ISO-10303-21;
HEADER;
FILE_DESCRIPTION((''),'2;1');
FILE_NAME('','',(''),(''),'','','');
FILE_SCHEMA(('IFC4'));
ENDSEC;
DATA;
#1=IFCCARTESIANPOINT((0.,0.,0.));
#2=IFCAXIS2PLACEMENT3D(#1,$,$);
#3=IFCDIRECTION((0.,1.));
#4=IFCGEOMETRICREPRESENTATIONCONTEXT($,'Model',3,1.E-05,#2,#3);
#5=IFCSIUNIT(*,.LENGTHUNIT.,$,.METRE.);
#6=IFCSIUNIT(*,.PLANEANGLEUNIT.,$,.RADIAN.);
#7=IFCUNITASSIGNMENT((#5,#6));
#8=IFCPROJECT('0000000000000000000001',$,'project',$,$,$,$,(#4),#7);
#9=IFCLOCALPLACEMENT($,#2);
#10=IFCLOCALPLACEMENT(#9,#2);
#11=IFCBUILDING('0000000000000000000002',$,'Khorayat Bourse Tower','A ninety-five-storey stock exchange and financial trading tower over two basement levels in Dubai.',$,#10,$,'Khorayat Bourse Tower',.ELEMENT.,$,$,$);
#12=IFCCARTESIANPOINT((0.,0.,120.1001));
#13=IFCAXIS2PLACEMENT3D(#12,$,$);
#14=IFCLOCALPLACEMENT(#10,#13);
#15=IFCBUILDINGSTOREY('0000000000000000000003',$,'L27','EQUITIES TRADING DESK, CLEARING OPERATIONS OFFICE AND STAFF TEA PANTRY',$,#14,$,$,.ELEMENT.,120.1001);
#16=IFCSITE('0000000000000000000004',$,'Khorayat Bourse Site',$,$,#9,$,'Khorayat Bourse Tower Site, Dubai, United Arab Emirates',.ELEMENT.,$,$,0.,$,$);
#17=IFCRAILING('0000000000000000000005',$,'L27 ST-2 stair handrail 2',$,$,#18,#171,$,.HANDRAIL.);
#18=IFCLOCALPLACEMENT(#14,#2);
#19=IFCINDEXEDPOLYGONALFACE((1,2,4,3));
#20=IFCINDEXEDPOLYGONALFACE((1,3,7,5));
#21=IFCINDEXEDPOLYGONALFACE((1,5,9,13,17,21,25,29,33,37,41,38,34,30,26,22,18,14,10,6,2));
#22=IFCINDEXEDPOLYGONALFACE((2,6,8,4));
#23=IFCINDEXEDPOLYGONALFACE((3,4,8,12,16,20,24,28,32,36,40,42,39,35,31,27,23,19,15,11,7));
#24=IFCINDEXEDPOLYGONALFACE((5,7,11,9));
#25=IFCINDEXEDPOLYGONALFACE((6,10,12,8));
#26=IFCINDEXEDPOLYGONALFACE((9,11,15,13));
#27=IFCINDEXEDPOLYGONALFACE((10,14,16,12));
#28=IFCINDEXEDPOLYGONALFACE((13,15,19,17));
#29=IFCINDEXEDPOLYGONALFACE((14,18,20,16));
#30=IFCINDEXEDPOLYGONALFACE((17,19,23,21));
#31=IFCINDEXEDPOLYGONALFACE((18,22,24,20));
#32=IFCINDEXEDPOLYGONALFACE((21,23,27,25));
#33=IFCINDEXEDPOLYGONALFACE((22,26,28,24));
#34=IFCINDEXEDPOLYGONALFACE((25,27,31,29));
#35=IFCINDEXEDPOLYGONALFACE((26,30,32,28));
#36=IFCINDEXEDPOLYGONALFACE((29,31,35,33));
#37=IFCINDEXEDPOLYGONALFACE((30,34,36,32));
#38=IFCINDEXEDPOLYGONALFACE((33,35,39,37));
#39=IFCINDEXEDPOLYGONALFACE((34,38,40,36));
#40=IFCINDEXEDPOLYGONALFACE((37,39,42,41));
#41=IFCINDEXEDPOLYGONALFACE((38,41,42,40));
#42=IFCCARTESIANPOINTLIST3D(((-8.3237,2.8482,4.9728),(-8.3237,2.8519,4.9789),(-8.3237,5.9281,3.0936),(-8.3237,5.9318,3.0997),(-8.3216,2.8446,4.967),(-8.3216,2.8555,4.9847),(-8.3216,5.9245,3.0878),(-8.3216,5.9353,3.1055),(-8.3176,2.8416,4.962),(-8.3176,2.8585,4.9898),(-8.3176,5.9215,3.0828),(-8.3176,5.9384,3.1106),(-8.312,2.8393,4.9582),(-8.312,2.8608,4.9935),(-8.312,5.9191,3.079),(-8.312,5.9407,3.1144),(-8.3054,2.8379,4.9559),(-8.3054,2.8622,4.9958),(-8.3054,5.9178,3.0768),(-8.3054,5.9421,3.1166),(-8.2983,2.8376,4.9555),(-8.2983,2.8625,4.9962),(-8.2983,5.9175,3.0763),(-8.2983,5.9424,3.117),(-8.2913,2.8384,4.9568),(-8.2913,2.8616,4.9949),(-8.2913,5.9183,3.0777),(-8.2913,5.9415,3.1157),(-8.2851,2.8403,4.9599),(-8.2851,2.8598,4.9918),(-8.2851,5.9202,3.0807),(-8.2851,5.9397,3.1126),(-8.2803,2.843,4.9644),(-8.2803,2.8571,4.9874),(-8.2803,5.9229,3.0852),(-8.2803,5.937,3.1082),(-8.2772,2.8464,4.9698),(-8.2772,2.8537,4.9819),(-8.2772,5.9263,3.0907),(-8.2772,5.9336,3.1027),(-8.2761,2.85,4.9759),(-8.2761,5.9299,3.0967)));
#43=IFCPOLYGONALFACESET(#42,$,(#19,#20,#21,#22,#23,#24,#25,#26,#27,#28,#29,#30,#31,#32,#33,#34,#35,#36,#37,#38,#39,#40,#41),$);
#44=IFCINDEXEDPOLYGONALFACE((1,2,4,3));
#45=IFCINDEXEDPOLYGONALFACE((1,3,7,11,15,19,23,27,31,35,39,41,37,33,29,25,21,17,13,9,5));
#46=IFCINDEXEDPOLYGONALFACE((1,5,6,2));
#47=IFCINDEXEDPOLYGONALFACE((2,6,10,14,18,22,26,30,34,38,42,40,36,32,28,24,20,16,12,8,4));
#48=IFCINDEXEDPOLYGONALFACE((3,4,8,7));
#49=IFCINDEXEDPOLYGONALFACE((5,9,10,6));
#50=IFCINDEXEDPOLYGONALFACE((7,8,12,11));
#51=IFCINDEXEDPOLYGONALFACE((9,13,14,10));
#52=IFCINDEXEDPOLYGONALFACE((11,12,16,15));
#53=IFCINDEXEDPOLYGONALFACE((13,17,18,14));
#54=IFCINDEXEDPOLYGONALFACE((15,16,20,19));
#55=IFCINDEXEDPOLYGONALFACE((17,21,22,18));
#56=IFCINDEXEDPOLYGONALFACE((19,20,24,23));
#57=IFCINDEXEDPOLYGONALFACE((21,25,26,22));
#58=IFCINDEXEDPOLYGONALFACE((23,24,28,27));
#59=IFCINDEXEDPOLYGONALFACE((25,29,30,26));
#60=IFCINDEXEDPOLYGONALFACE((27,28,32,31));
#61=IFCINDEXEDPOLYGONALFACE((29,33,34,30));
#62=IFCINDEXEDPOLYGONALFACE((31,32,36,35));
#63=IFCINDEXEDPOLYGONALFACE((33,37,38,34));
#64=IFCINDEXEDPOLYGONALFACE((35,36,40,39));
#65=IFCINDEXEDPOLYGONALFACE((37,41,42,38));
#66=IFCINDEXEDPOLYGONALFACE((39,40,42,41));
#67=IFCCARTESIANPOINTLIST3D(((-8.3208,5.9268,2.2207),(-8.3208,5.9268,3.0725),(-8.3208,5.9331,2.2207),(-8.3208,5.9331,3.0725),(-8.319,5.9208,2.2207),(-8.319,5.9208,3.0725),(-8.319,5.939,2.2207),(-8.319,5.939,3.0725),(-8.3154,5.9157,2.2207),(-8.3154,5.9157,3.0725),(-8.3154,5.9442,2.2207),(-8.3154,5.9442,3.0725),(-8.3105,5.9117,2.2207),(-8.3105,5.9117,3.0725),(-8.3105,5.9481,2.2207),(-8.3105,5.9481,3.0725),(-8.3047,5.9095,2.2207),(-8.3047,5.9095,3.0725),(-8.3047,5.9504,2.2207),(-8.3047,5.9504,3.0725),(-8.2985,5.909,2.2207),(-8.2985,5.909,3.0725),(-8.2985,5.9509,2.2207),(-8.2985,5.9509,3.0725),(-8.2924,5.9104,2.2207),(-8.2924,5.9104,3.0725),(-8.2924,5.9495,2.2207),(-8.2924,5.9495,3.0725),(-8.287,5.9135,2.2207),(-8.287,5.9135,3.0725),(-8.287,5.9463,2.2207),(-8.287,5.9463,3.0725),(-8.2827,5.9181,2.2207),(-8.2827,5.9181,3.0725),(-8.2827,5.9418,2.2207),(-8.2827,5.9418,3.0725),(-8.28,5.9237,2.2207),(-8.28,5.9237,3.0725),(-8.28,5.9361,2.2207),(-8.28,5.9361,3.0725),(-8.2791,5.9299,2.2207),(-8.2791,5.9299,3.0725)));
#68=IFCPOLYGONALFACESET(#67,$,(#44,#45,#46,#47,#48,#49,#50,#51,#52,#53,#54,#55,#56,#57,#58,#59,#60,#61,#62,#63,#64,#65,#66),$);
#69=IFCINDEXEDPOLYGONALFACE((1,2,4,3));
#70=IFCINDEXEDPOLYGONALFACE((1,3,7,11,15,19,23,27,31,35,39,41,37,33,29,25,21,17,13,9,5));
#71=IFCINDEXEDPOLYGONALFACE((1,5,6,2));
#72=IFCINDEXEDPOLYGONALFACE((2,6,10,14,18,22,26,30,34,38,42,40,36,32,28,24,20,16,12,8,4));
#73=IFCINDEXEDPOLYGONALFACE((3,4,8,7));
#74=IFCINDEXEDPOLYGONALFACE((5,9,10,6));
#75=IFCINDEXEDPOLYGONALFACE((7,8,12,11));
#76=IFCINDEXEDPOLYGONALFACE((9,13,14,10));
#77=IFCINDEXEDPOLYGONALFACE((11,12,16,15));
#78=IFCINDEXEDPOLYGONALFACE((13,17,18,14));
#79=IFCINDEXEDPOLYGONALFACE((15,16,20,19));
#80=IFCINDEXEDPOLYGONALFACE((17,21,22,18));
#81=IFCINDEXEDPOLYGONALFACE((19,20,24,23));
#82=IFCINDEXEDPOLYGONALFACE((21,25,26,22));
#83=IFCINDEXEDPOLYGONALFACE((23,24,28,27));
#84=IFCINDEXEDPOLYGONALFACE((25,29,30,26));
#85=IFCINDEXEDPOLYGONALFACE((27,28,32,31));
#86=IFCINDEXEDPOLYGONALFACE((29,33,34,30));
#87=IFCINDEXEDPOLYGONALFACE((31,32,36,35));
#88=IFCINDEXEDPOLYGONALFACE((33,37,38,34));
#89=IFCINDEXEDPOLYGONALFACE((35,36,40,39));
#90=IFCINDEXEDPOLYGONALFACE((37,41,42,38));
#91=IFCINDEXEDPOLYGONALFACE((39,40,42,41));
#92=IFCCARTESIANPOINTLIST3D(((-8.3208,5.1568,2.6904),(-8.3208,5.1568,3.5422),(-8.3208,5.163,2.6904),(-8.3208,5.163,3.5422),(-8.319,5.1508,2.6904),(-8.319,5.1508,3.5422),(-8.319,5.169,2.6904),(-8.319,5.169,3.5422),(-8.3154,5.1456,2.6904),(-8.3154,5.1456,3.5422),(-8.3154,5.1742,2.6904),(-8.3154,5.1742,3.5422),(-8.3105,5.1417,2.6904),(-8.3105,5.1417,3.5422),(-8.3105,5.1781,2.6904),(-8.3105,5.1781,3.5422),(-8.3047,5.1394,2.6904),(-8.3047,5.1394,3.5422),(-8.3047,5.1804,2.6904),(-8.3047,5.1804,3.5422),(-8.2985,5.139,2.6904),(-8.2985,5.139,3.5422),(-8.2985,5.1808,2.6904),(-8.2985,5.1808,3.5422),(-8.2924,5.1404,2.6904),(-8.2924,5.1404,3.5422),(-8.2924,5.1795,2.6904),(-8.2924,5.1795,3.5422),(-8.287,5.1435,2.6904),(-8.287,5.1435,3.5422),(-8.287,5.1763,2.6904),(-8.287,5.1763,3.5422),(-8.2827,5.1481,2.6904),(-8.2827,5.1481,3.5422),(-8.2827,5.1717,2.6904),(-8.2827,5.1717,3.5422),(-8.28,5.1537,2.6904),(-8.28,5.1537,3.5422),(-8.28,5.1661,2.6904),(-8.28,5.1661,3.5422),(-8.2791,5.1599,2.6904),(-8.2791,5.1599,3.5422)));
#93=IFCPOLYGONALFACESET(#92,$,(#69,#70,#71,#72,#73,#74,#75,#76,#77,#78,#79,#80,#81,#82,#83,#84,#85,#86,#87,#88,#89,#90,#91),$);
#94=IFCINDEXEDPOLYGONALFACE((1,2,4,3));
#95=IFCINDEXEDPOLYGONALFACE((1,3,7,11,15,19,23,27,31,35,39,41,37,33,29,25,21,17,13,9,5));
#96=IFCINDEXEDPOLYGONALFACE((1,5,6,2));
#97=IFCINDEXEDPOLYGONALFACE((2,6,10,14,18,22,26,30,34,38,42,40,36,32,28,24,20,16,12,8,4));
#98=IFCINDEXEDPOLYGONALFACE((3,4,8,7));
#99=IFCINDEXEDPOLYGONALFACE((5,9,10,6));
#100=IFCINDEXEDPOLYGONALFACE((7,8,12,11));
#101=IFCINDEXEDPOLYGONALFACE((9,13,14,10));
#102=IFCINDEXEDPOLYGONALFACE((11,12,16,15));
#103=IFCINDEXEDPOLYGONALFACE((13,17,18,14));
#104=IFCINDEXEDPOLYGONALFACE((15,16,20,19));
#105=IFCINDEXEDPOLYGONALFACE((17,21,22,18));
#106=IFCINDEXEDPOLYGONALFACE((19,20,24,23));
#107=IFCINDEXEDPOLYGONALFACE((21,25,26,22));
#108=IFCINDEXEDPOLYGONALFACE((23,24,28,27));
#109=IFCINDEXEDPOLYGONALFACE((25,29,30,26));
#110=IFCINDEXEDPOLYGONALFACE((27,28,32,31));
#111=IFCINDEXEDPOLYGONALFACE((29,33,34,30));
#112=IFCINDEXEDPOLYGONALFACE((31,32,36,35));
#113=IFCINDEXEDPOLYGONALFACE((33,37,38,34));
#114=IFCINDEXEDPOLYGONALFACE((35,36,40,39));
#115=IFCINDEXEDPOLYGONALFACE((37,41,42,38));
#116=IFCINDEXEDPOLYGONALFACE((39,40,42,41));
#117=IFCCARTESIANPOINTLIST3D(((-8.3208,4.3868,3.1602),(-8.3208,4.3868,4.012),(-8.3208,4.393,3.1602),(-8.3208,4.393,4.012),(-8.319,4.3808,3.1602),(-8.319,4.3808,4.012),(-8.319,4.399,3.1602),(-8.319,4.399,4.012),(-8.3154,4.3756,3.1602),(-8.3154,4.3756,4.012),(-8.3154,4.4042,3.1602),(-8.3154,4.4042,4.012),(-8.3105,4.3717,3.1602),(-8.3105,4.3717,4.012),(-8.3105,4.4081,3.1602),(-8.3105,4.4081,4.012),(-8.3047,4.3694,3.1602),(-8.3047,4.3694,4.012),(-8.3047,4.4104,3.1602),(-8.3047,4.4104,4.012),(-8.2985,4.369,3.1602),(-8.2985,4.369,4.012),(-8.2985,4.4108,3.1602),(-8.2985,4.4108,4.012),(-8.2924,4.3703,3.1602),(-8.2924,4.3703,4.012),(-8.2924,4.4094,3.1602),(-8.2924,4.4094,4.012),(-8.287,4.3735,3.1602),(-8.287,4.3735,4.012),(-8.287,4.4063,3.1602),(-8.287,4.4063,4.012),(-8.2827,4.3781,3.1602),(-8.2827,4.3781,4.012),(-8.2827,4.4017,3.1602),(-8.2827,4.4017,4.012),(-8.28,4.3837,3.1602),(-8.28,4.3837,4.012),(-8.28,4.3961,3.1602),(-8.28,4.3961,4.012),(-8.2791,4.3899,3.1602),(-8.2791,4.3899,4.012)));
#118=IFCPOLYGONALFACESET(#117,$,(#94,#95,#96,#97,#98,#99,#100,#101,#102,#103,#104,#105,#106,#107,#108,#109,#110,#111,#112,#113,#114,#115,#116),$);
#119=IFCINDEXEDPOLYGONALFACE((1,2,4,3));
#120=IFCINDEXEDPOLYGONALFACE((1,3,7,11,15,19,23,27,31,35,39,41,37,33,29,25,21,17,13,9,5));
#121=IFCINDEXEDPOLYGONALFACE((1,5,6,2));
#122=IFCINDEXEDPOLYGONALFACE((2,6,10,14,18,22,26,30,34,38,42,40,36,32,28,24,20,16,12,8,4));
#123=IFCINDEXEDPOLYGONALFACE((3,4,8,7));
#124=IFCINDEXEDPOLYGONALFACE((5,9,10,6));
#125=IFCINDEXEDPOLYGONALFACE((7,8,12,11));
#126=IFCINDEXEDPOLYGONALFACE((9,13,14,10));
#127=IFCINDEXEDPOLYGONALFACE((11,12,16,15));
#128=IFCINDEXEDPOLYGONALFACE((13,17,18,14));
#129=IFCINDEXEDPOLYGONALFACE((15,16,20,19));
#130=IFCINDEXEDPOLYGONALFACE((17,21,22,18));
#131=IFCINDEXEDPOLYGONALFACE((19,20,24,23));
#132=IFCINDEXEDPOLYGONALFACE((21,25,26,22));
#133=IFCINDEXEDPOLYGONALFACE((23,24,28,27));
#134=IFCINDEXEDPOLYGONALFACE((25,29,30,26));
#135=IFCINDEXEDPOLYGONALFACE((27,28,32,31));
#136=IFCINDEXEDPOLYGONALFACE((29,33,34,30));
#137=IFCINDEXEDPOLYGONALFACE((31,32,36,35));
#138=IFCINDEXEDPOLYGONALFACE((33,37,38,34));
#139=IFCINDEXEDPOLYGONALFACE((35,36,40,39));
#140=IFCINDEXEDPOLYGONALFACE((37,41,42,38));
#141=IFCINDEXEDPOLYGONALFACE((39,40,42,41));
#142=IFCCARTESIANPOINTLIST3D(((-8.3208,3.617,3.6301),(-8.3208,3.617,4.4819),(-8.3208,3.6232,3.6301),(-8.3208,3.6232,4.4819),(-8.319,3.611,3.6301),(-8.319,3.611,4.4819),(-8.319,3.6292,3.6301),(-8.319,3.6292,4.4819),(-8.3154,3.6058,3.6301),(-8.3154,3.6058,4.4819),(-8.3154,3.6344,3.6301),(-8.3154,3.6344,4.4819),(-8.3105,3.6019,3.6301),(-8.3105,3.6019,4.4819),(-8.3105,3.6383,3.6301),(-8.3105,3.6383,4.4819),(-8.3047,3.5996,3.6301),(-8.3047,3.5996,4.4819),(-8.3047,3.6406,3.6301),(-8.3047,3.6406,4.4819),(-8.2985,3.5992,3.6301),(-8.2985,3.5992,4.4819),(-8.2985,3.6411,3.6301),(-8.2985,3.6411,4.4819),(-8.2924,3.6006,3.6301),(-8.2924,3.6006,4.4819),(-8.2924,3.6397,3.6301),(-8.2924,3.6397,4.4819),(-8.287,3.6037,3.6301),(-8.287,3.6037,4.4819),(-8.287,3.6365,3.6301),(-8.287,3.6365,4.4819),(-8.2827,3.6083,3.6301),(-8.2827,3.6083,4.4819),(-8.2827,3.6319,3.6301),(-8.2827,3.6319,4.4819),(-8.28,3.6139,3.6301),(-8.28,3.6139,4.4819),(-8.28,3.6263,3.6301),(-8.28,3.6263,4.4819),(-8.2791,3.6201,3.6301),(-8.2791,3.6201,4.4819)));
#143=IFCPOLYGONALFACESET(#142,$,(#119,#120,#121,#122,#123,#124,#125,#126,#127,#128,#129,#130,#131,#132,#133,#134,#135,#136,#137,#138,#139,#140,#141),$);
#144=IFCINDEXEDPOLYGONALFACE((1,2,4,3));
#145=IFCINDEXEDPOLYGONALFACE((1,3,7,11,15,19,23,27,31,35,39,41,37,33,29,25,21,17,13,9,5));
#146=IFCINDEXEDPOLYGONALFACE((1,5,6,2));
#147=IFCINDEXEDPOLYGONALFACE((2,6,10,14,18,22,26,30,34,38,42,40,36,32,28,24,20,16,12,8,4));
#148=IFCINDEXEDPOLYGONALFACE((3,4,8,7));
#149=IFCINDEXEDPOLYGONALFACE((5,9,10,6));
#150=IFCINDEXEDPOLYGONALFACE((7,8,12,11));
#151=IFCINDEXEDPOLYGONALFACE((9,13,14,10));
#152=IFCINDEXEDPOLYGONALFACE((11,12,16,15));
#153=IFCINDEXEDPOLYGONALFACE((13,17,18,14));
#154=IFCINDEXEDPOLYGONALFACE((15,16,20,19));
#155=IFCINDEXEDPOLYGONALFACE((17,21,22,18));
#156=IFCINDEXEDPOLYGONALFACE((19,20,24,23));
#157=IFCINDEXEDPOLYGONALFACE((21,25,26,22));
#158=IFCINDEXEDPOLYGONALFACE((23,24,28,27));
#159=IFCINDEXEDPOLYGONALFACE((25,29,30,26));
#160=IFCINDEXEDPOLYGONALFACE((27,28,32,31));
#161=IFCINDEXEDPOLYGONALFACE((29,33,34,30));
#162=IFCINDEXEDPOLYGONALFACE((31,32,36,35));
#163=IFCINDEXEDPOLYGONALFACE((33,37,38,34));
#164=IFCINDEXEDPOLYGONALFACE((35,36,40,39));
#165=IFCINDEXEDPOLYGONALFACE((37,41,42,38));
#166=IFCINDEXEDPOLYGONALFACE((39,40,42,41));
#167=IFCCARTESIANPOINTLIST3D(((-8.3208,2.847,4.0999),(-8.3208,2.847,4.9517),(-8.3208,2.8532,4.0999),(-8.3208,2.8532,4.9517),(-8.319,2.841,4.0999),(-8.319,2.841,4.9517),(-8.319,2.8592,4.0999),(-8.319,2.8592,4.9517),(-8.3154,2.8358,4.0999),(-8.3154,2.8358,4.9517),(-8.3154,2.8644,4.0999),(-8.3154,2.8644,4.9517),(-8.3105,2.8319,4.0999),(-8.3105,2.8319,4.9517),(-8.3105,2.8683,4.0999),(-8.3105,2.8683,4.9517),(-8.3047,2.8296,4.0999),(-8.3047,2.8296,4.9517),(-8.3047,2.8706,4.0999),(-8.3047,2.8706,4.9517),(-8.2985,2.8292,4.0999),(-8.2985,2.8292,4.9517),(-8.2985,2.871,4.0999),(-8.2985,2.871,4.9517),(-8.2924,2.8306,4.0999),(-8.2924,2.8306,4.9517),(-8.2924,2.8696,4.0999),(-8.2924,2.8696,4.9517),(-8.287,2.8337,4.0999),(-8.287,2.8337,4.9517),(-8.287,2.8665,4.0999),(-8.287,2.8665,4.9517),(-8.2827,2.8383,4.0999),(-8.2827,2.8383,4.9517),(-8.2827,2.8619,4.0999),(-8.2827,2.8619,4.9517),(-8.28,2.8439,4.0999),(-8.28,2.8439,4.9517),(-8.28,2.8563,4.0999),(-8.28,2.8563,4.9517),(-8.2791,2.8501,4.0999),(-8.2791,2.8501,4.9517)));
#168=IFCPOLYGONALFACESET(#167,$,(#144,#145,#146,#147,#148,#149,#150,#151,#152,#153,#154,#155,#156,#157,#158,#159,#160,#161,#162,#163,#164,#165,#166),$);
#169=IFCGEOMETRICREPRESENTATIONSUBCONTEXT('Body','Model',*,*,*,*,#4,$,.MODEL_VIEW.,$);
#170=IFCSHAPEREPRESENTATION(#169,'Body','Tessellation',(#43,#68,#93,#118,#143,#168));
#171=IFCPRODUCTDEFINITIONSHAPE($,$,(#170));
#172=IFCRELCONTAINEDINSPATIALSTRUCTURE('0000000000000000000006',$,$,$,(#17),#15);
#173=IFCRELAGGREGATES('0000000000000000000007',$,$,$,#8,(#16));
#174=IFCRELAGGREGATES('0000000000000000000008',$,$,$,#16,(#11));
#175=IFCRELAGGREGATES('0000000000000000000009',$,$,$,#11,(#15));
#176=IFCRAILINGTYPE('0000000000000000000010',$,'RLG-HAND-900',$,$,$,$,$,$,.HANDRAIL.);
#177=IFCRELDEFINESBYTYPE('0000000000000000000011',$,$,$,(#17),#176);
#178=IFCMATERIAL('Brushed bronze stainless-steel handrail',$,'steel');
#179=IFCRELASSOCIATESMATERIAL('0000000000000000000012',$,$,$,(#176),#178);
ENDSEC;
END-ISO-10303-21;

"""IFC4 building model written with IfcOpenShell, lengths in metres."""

from ifc_helpers import new_model, si_unit, direction, frame, origin, origin_2d, place, context, subcontext, project, spatial, circle, extrude, source, transform, mapped, material, type_object, element, save


model = new_model("IFC4")

# Units and contexts
model_context = context("Model", 3, precision=1e-05, world=origin(), true_north=direction((0.0, 1.0)))
body_context = subcontext(model_context, "Body", "Model", "MODEL_VIEW")
ifc_project = project(units=[si_unit("LENGTHUNIT", "METRE"), si_unit("PLANEANGLEUNIT", "RADIAN")], contexts=[model_context])

# Site, building, storey
site_placement = place(None, origin())
site = spatial("IfcSite", under=ifc_project, at=site_placement, Name="Khorayat Bourse Site", LongName="Khorayat Bourse Tower Site, Dubai, United Arab Emirates", CompositionType="ELEMENT", RefElevation=0.0)
building_placement = place(site_placement, origin())
building = spatial("IfcBuilding", under=site, at=building_placement, Name="Khorayat Bourse Tower", Description="A ninety-five-storey stock exchange and financial trading tower over two basement levels in Dubai.", LongName="Khorayat Bourse Tower", CompositionType="ELEMENT")
storey_placement = place(building_placement, frame((0.0, 0.0, 120.1001)))
storey = spatial("IfcBuildingStorey", under=building, at=storey_placement, Name="L27", Description="EQUITIES TRADING DESK, CLEARING OPERATIONS OFFICE AND STAFF TEA PANTRY", CompositionType="ELEMENT", Elevation=120.1001)

# Railing
ifc_material_1 = material(Name="Brushed bronze stainless-steel handrail", Category="steel")
railing_type_1 = type_object("IfcRailingType", Name="RLG-HAND-900", PredefinedType="HANDRAIL", material=ifc_material_1)
shared_shape_1 = source(origin(), body_context, "Body", "SweptSolid", [
    extrude(circle(Radius=0.0239, at=origin_2d()), frame((0.0, 0.0, 0.876), z_axis=(0.0, -0.853648, 0.52085), x_axis=(1.0, 0.0, 0.0)), (0.0, 0.0, 1.0), 3.6079),
    extrude(circle(Radius=0.021, at=origin_2d()), origin(), (0.0, 0.0, 1.0), 0.8518),
    extrude(circle(Radius=0.021, at=origin_2d()), frame((0.0, -0.77, 0.4697)), (0.0, 0.0, 1.0), 0.8518),
    extrude(circle(Radius=0.021, at=origin_2d()), frame((0.0, -1.54, 0.9395)), (0.0, 0.0, 1.0), 0.8518),
    extrude(circle(Radius=0.021, at=origin_2d()), frame((0.0, -2.3098, 1.4094)), (0.0, 0.0, 1.0), 0.8518),
    extrude(circle(Radius=0.021, at=origin_2d()), frame((0.0, -3.0798, 1.8792)), (0.0, 0.0, 1.0), 0.8518),
])
railing_1_placement = place(storey_placement, frame((-8.3, 5.9299, 2.2207)))
element("IfcRailing", 1, at=railing_1_placement, inside=storey, type_object=railing_type_1, Name="L27 ST-2 stair handrail 2", PredefinedType="HANDRAIL", context=body_context, shape_type="MappedRepresentation", body=[
    mapped(shared_shape_1, transform((0.0, 0.0, 0.0), scale=1.0)),
])

save(model, "model.ifc")
